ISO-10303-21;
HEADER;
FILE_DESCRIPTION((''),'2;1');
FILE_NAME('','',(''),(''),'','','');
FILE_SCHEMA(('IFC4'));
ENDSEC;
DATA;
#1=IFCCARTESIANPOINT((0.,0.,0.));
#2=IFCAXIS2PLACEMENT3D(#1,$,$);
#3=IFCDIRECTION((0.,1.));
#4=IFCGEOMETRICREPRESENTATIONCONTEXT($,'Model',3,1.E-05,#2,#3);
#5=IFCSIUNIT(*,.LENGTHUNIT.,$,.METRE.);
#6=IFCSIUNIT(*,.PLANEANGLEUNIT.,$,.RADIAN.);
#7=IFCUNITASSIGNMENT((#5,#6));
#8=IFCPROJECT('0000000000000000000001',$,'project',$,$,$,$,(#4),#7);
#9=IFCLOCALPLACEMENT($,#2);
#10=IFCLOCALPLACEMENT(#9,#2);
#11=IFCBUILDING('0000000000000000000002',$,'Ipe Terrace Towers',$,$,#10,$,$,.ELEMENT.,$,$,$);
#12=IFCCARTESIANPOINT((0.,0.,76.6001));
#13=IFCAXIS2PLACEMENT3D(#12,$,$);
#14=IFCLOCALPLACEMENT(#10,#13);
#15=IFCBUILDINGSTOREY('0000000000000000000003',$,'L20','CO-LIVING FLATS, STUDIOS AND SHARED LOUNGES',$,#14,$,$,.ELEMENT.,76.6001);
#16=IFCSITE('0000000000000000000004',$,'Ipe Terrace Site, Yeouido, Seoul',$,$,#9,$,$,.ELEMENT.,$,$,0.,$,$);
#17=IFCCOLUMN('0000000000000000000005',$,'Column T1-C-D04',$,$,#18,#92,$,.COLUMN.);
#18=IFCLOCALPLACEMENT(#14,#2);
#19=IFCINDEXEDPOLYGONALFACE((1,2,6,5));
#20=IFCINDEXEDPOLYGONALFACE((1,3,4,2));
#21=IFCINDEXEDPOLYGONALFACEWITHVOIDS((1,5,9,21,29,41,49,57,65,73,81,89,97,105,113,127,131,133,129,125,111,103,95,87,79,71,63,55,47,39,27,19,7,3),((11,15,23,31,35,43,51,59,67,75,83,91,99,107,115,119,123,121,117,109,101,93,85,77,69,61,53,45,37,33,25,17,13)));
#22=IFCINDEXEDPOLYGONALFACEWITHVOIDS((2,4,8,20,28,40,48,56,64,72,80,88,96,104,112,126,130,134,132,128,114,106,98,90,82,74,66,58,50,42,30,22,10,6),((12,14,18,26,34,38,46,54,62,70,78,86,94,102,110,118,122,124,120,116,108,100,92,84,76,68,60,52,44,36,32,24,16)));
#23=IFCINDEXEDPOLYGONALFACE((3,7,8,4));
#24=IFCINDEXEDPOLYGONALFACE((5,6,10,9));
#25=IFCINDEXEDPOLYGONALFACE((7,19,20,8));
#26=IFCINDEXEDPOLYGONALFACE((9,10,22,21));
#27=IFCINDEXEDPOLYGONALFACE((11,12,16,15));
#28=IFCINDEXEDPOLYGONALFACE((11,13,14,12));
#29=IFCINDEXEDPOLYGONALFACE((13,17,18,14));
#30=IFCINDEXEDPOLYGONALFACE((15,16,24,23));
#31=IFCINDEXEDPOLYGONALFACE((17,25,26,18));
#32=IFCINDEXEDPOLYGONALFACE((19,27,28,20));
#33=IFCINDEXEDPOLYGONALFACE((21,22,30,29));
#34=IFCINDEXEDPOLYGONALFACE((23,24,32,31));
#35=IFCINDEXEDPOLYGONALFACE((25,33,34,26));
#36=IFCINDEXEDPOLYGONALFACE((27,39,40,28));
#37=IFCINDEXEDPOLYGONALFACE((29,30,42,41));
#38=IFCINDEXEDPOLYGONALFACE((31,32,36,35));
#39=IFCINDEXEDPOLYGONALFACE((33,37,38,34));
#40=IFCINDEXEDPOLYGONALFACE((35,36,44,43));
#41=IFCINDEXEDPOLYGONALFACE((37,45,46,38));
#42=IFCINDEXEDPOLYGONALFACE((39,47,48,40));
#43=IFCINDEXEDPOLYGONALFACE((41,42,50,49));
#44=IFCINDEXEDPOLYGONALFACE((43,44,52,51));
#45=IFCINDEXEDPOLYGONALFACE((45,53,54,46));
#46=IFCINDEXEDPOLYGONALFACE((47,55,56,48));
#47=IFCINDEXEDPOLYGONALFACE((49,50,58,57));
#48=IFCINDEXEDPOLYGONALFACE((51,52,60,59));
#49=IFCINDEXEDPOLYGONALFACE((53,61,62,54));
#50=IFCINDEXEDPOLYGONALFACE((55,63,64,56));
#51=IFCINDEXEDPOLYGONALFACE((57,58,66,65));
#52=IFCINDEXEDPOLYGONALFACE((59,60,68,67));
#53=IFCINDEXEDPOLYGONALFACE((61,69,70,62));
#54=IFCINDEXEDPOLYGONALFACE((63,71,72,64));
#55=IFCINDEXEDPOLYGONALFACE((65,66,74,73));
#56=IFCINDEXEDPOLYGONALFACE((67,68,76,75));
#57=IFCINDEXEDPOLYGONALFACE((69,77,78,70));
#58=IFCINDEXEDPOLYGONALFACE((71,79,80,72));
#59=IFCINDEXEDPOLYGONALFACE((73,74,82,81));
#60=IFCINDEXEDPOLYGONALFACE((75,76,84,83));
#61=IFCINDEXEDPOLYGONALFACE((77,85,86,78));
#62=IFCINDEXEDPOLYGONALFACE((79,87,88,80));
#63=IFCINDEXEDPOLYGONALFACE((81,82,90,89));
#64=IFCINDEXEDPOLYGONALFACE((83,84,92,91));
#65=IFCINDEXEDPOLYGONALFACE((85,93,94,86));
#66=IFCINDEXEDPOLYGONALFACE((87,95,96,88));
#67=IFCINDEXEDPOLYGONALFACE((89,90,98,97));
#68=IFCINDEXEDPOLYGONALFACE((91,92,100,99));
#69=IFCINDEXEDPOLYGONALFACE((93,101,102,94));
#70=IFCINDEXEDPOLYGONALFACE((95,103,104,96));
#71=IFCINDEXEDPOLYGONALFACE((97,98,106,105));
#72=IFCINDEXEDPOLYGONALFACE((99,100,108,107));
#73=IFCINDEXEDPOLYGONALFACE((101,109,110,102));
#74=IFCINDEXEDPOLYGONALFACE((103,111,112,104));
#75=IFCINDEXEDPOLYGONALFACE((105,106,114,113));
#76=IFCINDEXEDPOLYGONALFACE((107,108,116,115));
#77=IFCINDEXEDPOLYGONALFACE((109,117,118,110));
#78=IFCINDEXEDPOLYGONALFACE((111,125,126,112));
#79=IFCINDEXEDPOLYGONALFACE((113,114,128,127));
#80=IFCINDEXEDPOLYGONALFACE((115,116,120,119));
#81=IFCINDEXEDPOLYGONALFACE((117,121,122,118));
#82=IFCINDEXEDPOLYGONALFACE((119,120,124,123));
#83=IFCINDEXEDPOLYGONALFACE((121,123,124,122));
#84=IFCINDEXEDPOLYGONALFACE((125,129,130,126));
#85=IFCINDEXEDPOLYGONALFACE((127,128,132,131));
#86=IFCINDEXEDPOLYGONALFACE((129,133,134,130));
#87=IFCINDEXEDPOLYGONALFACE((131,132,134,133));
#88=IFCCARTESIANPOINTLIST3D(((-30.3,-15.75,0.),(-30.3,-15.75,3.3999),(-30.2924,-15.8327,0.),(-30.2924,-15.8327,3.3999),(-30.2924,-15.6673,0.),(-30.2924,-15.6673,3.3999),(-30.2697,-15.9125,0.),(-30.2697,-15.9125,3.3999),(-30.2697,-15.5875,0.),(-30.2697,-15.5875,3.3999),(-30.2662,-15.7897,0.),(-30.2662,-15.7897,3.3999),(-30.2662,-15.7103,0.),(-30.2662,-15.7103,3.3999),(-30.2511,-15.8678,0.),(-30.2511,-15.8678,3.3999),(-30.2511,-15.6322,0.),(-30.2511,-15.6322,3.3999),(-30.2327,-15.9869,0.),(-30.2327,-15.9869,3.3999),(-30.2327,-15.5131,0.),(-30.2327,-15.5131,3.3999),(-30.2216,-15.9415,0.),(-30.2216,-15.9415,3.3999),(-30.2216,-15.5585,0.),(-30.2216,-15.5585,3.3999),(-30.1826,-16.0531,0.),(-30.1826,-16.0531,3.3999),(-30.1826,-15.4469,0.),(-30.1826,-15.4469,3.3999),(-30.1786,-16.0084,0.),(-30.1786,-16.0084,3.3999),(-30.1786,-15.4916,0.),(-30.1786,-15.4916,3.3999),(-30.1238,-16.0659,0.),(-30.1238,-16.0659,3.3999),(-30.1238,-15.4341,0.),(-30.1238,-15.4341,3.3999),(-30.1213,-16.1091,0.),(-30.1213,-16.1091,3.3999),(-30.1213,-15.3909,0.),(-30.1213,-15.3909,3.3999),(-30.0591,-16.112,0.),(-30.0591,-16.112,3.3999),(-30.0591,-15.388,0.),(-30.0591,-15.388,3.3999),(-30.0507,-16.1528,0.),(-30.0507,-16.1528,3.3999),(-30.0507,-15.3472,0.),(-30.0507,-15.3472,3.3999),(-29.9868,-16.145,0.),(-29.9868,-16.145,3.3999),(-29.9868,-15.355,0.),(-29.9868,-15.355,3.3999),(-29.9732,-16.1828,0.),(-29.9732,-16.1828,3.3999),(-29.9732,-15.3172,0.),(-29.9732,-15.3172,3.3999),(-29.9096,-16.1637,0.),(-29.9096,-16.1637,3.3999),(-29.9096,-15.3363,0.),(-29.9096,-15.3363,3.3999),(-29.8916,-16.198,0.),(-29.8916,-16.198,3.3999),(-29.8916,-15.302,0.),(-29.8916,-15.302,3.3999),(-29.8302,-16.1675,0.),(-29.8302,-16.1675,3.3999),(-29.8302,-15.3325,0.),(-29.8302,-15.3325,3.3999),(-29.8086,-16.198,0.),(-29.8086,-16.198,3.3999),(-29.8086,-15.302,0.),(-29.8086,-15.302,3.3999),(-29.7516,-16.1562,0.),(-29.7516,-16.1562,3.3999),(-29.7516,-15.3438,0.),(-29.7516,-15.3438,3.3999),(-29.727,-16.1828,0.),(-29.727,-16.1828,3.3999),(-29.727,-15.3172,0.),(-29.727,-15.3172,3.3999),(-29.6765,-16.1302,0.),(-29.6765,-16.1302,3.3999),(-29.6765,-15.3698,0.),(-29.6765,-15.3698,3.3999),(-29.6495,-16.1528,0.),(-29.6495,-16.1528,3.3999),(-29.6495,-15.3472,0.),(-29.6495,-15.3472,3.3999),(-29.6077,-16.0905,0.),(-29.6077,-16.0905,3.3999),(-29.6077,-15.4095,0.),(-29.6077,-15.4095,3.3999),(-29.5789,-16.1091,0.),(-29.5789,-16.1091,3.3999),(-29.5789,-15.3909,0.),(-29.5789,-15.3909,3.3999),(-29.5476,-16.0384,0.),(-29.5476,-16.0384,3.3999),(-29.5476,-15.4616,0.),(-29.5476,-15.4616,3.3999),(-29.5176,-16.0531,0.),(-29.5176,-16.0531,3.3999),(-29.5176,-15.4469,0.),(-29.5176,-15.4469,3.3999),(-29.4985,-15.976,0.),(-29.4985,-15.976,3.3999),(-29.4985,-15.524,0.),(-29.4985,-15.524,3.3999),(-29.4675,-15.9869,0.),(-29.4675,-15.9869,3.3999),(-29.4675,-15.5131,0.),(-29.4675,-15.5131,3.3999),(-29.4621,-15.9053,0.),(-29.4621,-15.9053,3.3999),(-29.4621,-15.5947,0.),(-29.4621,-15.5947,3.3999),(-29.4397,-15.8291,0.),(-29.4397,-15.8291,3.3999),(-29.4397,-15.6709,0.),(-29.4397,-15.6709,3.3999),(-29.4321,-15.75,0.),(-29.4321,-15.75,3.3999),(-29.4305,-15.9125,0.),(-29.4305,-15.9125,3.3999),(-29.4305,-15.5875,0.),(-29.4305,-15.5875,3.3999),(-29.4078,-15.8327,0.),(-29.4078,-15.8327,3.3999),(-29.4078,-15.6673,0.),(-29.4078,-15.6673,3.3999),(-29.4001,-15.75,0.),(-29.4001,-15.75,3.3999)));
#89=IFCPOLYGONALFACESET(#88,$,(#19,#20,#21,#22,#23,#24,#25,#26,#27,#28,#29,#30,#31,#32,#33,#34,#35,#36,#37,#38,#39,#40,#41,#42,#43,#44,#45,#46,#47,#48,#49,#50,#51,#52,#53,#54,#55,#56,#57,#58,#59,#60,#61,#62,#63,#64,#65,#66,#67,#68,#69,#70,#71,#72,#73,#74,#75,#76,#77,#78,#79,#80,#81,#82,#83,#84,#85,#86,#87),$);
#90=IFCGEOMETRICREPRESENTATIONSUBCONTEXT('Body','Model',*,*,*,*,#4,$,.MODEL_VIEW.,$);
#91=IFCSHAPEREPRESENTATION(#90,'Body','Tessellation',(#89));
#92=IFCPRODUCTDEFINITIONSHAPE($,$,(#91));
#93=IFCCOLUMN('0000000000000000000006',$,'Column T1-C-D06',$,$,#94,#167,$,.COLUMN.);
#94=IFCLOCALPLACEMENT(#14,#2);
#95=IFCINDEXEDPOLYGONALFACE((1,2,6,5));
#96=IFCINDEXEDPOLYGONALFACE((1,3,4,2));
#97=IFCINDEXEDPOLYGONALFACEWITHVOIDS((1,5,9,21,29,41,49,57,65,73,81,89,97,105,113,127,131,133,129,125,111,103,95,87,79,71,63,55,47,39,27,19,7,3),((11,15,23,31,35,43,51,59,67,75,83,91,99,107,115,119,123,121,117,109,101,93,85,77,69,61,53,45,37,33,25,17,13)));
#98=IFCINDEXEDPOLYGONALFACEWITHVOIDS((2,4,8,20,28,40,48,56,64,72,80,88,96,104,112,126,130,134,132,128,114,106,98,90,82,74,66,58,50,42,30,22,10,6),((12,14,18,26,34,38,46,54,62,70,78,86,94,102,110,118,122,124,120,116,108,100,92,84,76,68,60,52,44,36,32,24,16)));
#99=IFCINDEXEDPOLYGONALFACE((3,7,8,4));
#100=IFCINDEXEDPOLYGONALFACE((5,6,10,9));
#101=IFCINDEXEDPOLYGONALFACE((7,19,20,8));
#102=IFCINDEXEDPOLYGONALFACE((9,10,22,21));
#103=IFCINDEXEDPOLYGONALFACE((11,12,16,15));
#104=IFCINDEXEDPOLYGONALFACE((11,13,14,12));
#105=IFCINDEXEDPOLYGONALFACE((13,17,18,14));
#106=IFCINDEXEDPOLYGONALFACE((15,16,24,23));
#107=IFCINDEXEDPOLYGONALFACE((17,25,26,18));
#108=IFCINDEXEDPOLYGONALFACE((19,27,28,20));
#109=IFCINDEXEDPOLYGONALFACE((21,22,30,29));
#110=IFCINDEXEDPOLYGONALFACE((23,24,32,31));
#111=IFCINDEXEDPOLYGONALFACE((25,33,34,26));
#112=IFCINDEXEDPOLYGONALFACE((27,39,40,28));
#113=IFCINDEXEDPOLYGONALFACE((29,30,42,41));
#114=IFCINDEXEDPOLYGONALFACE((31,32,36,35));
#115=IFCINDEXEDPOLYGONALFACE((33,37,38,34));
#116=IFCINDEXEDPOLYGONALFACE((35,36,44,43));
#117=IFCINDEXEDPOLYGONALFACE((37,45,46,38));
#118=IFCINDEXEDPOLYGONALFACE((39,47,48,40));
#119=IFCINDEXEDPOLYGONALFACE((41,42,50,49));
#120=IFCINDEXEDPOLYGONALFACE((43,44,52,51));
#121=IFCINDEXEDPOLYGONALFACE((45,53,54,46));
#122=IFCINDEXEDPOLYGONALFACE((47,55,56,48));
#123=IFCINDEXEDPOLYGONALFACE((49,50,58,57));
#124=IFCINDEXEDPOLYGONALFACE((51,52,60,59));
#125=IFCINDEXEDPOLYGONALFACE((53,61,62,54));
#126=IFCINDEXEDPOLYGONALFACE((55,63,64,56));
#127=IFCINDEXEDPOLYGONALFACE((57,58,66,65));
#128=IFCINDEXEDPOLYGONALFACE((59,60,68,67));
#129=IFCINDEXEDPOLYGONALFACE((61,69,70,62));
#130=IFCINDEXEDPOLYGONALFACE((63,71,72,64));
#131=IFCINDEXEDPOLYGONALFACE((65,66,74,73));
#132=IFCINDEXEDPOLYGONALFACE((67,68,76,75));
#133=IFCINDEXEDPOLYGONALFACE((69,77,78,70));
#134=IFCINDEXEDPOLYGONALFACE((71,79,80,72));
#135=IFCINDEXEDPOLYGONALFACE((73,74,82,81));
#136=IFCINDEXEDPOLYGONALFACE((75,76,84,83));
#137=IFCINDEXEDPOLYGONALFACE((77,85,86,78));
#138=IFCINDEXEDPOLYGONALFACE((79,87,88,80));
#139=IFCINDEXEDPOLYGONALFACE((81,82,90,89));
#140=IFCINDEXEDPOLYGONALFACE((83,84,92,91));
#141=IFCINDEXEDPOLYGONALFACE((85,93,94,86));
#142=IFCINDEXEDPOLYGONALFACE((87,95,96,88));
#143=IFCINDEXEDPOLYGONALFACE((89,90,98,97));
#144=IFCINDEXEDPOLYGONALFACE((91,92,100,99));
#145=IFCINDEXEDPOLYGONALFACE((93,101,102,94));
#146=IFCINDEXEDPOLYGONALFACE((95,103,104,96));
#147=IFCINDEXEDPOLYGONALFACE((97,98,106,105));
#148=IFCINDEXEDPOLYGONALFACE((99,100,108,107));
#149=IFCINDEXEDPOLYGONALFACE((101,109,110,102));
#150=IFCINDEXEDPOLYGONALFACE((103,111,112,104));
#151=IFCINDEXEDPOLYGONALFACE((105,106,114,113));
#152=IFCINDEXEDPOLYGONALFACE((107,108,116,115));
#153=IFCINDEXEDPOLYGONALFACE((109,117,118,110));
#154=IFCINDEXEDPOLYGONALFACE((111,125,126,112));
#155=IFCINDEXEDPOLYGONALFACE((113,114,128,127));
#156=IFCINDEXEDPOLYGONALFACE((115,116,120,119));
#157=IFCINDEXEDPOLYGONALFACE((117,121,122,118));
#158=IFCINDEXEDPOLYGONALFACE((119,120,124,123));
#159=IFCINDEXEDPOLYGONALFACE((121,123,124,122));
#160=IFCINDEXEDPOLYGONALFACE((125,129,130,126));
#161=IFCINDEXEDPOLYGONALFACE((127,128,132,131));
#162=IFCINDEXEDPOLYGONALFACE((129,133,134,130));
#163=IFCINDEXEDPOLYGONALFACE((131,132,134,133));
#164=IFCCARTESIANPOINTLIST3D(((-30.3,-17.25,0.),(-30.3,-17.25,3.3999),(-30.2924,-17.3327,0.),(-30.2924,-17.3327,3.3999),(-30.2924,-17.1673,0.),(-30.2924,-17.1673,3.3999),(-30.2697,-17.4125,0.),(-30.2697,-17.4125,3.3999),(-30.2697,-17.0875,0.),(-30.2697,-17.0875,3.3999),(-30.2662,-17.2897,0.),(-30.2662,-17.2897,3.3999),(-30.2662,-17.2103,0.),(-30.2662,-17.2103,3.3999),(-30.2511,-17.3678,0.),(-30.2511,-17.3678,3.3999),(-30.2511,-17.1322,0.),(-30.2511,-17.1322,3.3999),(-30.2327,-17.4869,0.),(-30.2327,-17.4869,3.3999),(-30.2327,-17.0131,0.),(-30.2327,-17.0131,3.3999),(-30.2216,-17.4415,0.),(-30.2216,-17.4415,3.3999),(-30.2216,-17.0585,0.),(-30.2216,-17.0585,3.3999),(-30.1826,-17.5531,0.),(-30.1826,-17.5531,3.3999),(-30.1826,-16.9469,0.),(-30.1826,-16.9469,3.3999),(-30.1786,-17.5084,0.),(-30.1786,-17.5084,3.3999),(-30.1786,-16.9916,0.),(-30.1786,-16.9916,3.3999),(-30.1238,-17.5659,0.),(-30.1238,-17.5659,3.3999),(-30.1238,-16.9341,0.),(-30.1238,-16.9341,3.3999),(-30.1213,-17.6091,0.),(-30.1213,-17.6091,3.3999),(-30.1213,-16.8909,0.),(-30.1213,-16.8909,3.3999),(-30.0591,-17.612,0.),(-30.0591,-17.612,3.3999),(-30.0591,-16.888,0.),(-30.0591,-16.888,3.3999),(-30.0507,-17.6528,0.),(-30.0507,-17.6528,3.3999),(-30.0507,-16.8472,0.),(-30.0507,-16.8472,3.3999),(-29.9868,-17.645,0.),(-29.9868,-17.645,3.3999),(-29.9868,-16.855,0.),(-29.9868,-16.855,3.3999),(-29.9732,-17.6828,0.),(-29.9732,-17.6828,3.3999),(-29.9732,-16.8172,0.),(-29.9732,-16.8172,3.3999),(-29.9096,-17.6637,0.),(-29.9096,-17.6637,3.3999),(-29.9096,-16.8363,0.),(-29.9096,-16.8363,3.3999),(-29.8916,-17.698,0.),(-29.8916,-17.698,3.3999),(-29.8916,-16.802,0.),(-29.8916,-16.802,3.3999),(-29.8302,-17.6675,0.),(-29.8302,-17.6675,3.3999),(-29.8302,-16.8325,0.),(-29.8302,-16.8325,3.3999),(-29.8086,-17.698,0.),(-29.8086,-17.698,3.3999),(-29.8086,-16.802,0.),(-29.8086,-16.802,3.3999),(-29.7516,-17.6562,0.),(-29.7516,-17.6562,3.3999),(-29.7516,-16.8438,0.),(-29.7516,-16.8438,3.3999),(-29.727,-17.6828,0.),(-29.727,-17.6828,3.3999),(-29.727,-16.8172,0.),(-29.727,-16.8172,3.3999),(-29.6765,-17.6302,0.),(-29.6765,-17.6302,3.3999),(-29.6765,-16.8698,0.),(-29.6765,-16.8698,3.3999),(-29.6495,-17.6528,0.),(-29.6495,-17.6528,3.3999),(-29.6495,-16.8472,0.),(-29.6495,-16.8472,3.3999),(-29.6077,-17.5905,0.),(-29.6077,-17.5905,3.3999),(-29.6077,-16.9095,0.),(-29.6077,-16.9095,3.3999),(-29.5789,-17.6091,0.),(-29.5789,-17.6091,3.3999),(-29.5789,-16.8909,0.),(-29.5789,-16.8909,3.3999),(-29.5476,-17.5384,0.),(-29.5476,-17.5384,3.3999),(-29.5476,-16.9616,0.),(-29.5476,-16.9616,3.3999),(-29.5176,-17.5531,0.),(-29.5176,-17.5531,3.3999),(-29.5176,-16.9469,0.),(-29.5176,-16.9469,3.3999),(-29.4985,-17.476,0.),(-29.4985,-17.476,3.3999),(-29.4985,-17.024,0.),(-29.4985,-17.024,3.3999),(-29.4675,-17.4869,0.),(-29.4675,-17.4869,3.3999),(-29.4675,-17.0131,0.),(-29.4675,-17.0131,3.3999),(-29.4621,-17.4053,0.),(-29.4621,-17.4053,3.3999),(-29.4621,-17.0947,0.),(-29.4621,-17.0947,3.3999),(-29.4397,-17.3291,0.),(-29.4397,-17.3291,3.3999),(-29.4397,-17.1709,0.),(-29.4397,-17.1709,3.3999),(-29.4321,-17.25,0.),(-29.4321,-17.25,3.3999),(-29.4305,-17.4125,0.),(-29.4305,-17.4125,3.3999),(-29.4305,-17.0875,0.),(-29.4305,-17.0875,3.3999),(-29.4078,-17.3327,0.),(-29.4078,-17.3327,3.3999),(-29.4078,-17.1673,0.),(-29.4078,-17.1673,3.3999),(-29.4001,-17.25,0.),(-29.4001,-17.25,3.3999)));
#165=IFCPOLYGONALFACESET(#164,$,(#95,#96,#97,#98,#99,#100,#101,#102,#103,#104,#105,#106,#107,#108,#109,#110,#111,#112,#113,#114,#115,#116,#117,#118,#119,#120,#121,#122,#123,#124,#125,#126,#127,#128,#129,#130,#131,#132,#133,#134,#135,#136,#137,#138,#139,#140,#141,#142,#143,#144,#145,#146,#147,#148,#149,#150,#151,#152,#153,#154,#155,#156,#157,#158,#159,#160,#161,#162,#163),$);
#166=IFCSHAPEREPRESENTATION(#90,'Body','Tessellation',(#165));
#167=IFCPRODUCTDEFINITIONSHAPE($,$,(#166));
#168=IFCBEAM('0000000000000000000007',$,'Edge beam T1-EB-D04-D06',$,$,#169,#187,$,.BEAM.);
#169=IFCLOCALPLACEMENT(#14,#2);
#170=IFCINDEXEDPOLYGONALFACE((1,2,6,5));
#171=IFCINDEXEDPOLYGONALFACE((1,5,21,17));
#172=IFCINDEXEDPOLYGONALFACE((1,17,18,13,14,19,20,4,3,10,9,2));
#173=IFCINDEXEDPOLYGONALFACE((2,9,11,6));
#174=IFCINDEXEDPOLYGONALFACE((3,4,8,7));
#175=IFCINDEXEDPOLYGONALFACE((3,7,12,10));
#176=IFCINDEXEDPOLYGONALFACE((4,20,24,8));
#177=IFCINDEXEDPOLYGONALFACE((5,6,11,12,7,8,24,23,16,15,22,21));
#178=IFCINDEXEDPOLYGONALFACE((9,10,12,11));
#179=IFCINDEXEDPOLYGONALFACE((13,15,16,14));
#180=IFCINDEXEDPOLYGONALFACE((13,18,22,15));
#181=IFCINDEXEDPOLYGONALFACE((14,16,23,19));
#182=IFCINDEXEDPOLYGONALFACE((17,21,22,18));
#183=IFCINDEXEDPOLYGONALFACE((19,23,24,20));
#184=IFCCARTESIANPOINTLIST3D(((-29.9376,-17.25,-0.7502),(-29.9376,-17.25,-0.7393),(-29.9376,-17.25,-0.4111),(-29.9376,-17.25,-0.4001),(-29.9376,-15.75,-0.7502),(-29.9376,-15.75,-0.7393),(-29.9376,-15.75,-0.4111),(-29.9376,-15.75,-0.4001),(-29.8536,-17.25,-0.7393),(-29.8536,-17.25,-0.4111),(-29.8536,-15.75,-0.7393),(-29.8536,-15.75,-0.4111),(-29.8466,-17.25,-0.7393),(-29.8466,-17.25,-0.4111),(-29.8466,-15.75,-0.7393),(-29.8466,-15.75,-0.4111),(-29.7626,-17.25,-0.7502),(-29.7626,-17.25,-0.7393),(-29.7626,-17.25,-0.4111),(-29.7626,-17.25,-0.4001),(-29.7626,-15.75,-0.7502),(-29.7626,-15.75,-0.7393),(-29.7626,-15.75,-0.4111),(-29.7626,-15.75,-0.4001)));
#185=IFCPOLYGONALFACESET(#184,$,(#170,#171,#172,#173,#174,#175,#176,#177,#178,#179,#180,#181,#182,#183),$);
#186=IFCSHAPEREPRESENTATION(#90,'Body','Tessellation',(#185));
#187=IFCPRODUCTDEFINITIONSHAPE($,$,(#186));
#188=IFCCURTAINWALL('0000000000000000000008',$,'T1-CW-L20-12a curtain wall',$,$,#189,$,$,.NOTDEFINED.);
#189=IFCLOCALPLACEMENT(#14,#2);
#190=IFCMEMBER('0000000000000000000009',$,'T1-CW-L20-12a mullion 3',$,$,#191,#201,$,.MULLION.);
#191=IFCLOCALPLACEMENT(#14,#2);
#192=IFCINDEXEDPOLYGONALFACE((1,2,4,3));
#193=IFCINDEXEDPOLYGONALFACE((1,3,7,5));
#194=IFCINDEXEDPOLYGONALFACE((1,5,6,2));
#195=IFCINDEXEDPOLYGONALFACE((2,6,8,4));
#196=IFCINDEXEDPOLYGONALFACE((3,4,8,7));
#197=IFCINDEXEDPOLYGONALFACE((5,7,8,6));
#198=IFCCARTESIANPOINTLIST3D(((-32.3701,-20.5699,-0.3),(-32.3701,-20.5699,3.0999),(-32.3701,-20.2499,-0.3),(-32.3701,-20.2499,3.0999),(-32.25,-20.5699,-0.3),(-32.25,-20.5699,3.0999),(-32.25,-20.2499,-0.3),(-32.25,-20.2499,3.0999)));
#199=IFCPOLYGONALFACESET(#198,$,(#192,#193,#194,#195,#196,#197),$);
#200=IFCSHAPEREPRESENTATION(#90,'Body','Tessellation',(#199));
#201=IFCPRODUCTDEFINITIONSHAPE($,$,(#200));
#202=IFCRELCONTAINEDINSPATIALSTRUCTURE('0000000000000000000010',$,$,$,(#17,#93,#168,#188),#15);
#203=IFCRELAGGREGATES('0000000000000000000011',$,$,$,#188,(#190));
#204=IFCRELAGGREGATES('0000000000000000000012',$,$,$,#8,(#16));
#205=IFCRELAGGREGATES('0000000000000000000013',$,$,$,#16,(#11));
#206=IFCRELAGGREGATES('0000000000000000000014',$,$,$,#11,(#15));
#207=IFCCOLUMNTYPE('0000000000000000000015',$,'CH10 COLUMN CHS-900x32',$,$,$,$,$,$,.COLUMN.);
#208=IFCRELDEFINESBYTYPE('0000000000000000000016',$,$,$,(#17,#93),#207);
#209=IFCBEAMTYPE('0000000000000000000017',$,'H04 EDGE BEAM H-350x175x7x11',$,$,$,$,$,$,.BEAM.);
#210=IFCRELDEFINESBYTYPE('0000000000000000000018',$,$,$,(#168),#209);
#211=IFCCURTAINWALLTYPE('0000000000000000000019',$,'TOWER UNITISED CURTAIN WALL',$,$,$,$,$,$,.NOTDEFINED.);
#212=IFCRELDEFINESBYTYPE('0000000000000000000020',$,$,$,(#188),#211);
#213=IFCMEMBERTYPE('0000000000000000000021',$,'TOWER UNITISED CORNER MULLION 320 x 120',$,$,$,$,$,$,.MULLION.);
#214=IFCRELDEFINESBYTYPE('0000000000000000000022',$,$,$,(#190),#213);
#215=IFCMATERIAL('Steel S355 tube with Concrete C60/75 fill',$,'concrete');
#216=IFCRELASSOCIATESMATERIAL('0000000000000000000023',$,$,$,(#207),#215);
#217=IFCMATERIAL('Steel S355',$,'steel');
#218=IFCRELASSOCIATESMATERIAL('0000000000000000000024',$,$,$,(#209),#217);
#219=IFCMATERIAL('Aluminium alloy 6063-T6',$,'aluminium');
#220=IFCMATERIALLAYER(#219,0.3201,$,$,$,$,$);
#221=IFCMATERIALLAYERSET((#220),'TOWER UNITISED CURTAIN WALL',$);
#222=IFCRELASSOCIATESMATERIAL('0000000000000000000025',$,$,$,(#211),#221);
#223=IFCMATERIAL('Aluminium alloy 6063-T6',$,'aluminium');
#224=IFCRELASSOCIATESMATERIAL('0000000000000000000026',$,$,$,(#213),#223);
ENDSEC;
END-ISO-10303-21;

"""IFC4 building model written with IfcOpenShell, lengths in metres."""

from ifc_helpers import new_model, si_unit, direction, frame, origin, origin_2d, place, context, subcontext, project, spatial, rectangle, hollow_circle, i_section, extrude, material, layer, layer_set, material_profile, profile_set, type_object, element, aggregate, save


model = new_model("IFC4")

# Units and contexts
model_context = context("Model", 3, precision=1e-05, world=origin(), true_north=direction((0.0, 1.0)))
body_context = subcontext(model_context, "Body", "Model", "MODEL_VIEW")
ifc_project = project(units=[si_unit("LENGTHUNIT", "METRE"), si_unit("PLANEANGLEUNIT", "RADIAN")], contexts=[model_context])

# Site, building, storey
site_placement = place(None, origin())
site = spatial("IfcSite", under=ifc_project, at=site_placement, Name="Ipe Terrace Site, Yeouido, Seoul", CompositionType="ELEMENT", RefElevation=0.0)
building_placement = place(site_placement, origin())
building = spatial("IfcBuilding", under=site, at=building_placement, Name="Ipe Terrace Towers", CompositionType="ELEMENT")
storey_placement = place(building_placement, frame((0.0, 0.0, 76.6001)))
storey = spatial("IfcBuildingStorey", under=building, at=storey_placement, Name="L20", Description="CO-LIVING FLATS, STUDIOS AND SHARED LOUNGES", CompositionType="ELEMENT", Elevation=76.6001)

# Columns
ifc_material_1 = material(Name="Steel S355 tube with Concrete C60/75 fill", Category="concrete")
ifc_material_profile_1 = material_profile(ifc_material_1, hollow_circle(Radius=0.45, WallThickness=0.032, at=origin_2d()), Name="CHS-900x32")
ifc_profile_set_1 = profile_set([ifc_material_profile_1], Name="Steel S355 tube with Concrete C60/75 fill")
column_type = type_object("IfcColumnType", Name="CH10 COLUMN CHS-900x32", PredefinedType="COLUMN", material=ifc_profile_set_1)
for number, where, z_axis, x_axis, name in (
    (1, (-29.8501, -15.75, 0.0), (0.0, 0.0, 1.0), (1.0, 0.0, 0.0), "Column T1-C-D04"),
    (2, (-29.8501, -17.25, 0.0), (0.0, 0.0, 1.0), (1.0, 0.0, 0.0), "Column T1-C-D06"),
):
    element("IfcColumn", number, at=place(storey_placement, frame(where, z_axis=z_axis, x_axis=x_axis)), inside=storey, type_object=column_type, Name=name, PredefinedType="COLUMN", context=body_context, shape_type="SweptSolid", body=[
        extrude(hollow_circle(Radius=0.45, WallThickness=0.032, at=origin_2d()), origin(), (0.0, 0.0, 1.0), 3.3999),
    ])

# Beam
ifc_material_2 = material(Name="Steel S355", Category="steel")
ifc_material_profile_2 = material_profile(ifc_material_2, i_section(OverallWidth=0.175, OverallDepth=0.3501, WebThickness=0.0071, FlangeThickness=0.011, at=origin_2d()), Name="H-350x175x7x11")
ifc_profile_set_2 = profile_set([ifc_material_profile_2], Name="Steel S355")
beam_type = type_object("IfcBeamType", Name="H04 EDGE BEAM H-350x175x7x11", PredefinedType="BEAM", material=ifc_profile_set_2)
beam_placement = place(storey_placement, frame((-29.8501, -15.75, -0.5752), z_axis=(0.0, -1.0, 0.0), x_axis=(1.0, 0.0, 0.0)))
element("IfcBeam", 3, at=beam_placement, inside=storey, type_object=beam_type, Name="Edge beam T1-EB-D04-D06", PredefinedType="BEAM", context=body_context, shape_type="SweptSolid", body=[
    extrude(i_section(OverallWidth=0.175, OverallDepth=0.3501, WebThickness=0.0071, FlangeThickness=0.011, at=origin_2d()), origin(), (0.0, 0.0, 1.0), 1.5),
])

# Curtain wall, member
ifc_material_3 = material(Name="Aluminium alloy 6063-T6", Category="aluminium")
ifc_layer_1 = layer(ifc_material_3, 0.3201)
ifc_layer_set_1 = layer_set([ifc_layer_1], Name="TOWER UNITISED CURTAIN WALL")
curtain_wall_type = type_object("IfcCurtainWallType", Name="TOWER UNITISED CURTAIN WALL", PredefinedType="NOTDEFINED", material=ifc_layer_set_1)
curtain_wall_1_placement = place(storey_placement, origin())
curtain_wall_1 = element("IfcCurtainWall", 4, at=curtain_wall_1_placement, inside=storey, type_object=curtain_wall_type, Name="T1-CW-L20-12a curtain wall", PredefinedType="NOTDEFINED")
ifc_material_4 = material(Name="Aluminium alloy 6063-T6", Category="aluminium")
ifc_material_profile_3 = material_profile(ifc_material_4, rectangle(XDim=0.3201, YDim=0.1201, at=origin_2d()), Name="TOWER UNITISED CORNER MULLION 320 x 120")
ifc_profile_set_3 = profile_set([ifc_material_profile_3], Name="Aluminium alloy 6063-T6")
member_type_1 = type_object("IfcMemberType", Name="TOWER UNITISED CORNER MULLION 320 x 120", PredefinedType="MULLION", material=ifc_profile_set_3)
member_1_placement = place(storey_placement, frame((-32.3101, -20.4099, -0.3), z_axis=(0.0, 0.0, 1.0), x_axis=(0.0, -1.0, 0.0)))
member_1 = element("IfcMember", 5, at=member_1_placement, type_object=member_type_1, Name="T1-CW-L20-12a mullion 3", PredefinedType="MULLION", context=body_context, shape_type="SweptSolid", body=[
    extrude(rectangle(XDim=0.3201, YDim=0.1201, at=origin_2d()), origin(), (0.0, 0.0, 1.0), 3.3999),
])

aggregate(curtain_wall_1, [member_1])

save(model, "model.ifc")
